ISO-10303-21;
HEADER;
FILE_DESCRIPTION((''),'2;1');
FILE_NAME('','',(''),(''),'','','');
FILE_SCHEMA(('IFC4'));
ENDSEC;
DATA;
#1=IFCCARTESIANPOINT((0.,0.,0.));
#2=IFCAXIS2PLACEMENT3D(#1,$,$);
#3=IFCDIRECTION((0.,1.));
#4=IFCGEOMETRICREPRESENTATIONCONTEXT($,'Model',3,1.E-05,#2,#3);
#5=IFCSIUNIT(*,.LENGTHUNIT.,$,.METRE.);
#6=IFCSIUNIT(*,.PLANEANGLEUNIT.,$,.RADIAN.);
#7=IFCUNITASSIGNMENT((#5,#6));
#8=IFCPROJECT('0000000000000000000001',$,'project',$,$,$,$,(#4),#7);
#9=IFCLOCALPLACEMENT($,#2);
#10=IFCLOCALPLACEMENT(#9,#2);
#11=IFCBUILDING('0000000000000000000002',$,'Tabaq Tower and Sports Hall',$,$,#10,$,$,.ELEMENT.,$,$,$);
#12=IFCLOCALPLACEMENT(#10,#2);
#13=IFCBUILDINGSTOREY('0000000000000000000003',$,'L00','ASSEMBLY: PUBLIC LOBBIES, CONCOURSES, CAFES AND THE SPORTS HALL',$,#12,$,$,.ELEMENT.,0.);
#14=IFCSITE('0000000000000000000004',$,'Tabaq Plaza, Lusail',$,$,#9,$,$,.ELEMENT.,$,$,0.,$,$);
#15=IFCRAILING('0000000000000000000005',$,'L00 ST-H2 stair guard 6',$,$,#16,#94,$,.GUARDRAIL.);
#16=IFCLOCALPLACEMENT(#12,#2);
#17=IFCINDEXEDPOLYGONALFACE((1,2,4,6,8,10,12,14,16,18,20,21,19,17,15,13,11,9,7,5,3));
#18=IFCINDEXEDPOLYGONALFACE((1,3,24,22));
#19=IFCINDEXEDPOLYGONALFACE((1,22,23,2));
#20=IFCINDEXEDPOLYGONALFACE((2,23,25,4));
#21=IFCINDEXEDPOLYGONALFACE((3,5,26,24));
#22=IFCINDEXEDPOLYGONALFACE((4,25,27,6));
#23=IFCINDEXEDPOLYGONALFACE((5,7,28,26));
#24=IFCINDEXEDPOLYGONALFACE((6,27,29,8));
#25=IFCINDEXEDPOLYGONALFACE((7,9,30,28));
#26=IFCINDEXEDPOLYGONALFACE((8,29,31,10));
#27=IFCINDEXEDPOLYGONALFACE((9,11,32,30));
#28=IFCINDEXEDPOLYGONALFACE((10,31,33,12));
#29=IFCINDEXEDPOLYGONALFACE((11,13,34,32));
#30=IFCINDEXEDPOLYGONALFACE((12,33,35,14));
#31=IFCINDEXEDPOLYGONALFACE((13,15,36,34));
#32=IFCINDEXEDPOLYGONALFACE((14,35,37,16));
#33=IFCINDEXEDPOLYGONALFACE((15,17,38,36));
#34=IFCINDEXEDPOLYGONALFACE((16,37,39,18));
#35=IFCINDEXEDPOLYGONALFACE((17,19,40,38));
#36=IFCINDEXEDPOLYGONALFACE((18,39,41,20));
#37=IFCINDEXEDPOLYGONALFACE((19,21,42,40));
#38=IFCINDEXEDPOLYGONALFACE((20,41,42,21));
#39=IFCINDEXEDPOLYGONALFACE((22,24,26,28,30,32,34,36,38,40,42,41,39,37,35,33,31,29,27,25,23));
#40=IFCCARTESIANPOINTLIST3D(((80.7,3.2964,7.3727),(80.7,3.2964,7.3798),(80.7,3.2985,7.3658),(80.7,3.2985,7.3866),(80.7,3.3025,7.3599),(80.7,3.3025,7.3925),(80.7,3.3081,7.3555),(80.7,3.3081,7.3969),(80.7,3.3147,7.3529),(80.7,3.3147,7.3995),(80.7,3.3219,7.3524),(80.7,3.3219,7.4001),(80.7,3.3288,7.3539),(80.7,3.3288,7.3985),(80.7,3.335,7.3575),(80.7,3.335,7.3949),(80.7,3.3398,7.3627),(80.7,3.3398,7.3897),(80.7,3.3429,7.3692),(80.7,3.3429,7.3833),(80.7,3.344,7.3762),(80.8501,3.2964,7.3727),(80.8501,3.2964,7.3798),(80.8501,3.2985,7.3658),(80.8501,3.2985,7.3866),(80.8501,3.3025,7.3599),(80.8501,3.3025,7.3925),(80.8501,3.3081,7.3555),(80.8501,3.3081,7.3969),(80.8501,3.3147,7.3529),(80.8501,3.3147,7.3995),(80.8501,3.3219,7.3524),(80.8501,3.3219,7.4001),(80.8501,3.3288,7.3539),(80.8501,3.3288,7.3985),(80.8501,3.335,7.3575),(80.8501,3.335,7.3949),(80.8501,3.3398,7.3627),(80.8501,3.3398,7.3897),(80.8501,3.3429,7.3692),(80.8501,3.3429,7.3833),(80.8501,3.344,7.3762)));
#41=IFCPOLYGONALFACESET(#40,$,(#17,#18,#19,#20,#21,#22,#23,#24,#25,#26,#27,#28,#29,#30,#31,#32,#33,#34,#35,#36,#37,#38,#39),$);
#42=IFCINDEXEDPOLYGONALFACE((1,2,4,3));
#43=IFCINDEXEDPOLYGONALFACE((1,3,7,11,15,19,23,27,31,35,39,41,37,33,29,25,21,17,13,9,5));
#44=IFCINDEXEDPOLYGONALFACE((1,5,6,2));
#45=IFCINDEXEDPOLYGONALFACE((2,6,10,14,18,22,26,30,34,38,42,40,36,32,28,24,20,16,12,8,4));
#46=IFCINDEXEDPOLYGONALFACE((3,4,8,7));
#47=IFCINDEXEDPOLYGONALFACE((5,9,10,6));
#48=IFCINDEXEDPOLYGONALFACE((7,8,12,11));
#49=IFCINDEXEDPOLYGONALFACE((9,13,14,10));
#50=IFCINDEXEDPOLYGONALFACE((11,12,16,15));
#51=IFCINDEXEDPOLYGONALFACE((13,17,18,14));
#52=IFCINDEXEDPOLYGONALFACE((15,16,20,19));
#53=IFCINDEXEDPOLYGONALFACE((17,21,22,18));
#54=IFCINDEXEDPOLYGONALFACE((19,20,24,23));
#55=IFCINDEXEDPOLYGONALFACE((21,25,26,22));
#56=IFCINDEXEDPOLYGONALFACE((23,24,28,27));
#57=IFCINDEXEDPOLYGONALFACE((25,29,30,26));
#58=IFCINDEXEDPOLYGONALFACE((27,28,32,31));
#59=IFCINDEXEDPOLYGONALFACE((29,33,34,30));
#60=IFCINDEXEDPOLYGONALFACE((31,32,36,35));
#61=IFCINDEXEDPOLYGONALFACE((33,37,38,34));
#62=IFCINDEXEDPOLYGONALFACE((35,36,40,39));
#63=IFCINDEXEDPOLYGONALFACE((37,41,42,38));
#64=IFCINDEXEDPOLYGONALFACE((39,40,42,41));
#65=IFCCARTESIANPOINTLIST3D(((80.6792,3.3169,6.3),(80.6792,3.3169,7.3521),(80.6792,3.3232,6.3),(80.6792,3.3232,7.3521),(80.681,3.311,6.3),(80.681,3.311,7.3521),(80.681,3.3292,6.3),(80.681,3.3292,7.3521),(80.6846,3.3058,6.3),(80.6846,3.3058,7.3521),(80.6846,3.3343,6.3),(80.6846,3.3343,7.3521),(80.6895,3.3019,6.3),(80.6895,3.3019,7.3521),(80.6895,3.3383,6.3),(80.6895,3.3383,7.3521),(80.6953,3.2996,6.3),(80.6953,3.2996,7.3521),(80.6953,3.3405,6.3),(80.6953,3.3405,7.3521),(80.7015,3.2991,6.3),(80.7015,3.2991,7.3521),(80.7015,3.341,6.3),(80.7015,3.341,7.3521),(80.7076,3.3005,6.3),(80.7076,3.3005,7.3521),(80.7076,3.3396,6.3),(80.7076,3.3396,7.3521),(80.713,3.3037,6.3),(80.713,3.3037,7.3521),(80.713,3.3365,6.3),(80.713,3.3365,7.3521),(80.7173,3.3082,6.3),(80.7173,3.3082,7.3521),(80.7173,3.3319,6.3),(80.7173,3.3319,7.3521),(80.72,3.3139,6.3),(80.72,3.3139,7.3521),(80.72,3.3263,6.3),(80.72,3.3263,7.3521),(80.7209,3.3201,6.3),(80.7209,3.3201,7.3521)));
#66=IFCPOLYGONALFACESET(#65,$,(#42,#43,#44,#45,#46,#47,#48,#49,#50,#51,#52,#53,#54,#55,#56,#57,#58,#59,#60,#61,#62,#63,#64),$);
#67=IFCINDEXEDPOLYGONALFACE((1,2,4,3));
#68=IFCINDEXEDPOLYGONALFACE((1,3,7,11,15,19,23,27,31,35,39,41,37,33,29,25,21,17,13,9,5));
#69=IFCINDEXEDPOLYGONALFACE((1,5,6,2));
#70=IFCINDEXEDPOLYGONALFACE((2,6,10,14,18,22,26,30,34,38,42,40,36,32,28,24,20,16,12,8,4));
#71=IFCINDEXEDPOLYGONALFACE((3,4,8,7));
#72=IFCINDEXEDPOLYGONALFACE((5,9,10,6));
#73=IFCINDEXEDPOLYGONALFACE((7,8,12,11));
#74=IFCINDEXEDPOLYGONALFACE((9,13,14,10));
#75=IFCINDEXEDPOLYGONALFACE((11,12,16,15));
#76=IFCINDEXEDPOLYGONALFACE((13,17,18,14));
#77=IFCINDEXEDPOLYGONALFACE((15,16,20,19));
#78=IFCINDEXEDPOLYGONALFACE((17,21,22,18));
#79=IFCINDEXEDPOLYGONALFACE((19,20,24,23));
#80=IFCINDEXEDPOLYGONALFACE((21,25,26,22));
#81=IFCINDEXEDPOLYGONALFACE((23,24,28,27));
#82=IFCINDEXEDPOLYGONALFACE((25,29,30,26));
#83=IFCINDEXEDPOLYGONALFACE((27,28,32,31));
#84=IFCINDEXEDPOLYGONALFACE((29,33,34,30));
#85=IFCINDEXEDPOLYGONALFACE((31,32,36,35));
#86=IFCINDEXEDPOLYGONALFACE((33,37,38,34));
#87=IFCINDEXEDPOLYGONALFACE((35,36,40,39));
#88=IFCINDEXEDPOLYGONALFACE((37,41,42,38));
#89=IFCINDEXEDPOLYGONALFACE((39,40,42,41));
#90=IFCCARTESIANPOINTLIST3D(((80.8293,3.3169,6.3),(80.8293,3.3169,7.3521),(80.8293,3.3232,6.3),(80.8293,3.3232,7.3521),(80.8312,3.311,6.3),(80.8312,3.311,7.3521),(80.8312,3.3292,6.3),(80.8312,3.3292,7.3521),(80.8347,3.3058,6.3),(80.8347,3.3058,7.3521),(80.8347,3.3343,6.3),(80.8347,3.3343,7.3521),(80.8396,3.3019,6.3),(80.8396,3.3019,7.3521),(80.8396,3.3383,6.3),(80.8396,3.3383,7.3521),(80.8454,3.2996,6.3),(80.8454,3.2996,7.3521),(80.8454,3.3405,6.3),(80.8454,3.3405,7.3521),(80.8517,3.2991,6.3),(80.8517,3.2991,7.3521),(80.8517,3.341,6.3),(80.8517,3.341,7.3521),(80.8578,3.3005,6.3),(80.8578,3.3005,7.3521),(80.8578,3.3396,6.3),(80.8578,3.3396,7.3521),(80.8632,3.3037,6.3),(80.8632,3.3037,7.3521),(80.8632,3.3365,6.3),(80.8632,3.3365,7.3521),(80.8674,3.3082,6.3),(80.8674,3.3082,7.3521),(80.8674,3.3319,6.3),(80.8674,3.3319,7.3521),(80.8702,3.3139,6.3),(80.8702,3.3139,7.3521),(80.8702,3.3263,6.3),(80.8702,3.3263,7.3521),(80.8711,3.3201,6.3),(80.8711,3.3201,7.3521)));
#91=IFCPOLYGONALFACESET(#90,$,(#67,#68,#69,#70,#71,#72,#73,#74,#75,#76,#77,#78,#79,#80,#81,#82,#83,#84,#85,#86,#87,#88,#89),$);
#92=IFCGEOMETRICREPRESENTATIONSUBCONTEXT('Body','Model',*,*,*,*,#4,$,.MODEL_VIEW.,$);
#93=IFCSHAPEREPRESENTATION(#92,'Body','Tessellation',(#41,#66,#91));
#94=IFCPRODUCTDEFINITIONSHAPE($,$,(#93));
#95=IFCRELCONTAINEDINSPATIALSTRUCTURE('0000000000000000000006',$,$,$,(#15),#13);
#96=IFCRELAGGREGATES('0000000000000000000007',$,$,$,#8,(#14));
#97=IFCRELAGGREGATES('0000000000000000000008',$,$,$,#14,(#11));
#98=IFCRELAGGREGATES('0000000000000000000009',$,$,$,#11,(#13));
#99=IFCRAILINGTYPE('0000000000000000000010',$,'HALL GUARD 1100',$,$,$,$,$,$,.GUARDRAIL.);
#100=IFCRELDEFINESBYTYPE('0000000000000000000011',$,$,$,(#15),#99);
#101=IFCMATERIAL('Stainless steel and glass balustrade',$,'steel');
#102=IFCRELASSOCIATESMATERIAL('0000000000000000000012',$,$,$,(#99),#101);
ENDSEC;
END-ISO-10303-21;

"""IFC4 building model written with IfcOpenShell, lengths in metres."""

from ifc_helpers import new_model, si_unit, direction, frame, origin, origin_2d, place, context, subcontext, project, spatial, circle, extrude, material, type_object, element, save


model = new_model("IFC4")

# Units and contexts
model_context = context("Model", 3, precision=1e-05, world=origin(), true_north=direction((0.0, 1.0)))
body_context = subcontext(model_context, "Body", "Model", "MODEL_VIEW")
ifc_project = project(units=[si_unit("LENGTHUNIT", "METRE"), si_unit("PLANEANGLEUNIT", "RADIAN")], contexts=[model_context])

# Site, building, storey
site_placement = place(None, origin())
site = spatial("IfcSite", under=ifc_project, at=site_placement, Name="Tabaq Plaza, Lusail", CompositionType="ELEMENT", RefElevation=0.0)
building_placement = place(site_placement, origin())
building = spatial("IfcBuilding", under=site, at=building_placement, Name="Tabaq Tower and Sports Hall", CompositionType="ELEMENT")
storey_placement = place(building_placement, origin())
storey = spatial("IfcBuildingStorey", under=building, at=storey_placement, Name="L00", Description="ASSEMBLY: PUBLIC LOBBIES, CONCOURSES, CAFES AND THE SPORTS HALL", CompositionType="ELEMENT", Elevation=0.0)

# Railing
ifc_material_1 = material(Name="Stainless steel and glass balustrade", Category="steel")
railing_type_1 = type_object("IfcRailingType", Name="HALL GUARD 1100", PredefinedType="GUARDRAIL", material=ifc_material_1)
railing_1_placement = place(storey_placement, frame((80.7, 3.3201, 6.3)))
element("IfcRailing", 1, at=railing_1_placement, inside=storey, type_object=railing_type_1, Name="L00 ST-H2 stair guard 6", PredefinedType="GUARDRAIL", context=body_context, shape_type="SweptSolid", body=[
    extrude(circle(Radius=0.0239, at=origin_2d()), frame((0.0, 0.0, 1.0762), z_axis=(1.0, 0.0, 0.0), x_axis=(0.0, 1.0, 0.0)), (0.0, 0.0, 1.0), 0.1501),
    extrude(circle(Radius=0.021, at=origin_2d()), origin(), (0.0, 0.0, 1.0), 1.052),
    extrude(circle(Radius=0.021, at=origin_2d()), frame((0.1501, 0.0, 0.0)), (0.0, 0.0, 1.0), 1.052),
])

save(model, "model.ifc")
